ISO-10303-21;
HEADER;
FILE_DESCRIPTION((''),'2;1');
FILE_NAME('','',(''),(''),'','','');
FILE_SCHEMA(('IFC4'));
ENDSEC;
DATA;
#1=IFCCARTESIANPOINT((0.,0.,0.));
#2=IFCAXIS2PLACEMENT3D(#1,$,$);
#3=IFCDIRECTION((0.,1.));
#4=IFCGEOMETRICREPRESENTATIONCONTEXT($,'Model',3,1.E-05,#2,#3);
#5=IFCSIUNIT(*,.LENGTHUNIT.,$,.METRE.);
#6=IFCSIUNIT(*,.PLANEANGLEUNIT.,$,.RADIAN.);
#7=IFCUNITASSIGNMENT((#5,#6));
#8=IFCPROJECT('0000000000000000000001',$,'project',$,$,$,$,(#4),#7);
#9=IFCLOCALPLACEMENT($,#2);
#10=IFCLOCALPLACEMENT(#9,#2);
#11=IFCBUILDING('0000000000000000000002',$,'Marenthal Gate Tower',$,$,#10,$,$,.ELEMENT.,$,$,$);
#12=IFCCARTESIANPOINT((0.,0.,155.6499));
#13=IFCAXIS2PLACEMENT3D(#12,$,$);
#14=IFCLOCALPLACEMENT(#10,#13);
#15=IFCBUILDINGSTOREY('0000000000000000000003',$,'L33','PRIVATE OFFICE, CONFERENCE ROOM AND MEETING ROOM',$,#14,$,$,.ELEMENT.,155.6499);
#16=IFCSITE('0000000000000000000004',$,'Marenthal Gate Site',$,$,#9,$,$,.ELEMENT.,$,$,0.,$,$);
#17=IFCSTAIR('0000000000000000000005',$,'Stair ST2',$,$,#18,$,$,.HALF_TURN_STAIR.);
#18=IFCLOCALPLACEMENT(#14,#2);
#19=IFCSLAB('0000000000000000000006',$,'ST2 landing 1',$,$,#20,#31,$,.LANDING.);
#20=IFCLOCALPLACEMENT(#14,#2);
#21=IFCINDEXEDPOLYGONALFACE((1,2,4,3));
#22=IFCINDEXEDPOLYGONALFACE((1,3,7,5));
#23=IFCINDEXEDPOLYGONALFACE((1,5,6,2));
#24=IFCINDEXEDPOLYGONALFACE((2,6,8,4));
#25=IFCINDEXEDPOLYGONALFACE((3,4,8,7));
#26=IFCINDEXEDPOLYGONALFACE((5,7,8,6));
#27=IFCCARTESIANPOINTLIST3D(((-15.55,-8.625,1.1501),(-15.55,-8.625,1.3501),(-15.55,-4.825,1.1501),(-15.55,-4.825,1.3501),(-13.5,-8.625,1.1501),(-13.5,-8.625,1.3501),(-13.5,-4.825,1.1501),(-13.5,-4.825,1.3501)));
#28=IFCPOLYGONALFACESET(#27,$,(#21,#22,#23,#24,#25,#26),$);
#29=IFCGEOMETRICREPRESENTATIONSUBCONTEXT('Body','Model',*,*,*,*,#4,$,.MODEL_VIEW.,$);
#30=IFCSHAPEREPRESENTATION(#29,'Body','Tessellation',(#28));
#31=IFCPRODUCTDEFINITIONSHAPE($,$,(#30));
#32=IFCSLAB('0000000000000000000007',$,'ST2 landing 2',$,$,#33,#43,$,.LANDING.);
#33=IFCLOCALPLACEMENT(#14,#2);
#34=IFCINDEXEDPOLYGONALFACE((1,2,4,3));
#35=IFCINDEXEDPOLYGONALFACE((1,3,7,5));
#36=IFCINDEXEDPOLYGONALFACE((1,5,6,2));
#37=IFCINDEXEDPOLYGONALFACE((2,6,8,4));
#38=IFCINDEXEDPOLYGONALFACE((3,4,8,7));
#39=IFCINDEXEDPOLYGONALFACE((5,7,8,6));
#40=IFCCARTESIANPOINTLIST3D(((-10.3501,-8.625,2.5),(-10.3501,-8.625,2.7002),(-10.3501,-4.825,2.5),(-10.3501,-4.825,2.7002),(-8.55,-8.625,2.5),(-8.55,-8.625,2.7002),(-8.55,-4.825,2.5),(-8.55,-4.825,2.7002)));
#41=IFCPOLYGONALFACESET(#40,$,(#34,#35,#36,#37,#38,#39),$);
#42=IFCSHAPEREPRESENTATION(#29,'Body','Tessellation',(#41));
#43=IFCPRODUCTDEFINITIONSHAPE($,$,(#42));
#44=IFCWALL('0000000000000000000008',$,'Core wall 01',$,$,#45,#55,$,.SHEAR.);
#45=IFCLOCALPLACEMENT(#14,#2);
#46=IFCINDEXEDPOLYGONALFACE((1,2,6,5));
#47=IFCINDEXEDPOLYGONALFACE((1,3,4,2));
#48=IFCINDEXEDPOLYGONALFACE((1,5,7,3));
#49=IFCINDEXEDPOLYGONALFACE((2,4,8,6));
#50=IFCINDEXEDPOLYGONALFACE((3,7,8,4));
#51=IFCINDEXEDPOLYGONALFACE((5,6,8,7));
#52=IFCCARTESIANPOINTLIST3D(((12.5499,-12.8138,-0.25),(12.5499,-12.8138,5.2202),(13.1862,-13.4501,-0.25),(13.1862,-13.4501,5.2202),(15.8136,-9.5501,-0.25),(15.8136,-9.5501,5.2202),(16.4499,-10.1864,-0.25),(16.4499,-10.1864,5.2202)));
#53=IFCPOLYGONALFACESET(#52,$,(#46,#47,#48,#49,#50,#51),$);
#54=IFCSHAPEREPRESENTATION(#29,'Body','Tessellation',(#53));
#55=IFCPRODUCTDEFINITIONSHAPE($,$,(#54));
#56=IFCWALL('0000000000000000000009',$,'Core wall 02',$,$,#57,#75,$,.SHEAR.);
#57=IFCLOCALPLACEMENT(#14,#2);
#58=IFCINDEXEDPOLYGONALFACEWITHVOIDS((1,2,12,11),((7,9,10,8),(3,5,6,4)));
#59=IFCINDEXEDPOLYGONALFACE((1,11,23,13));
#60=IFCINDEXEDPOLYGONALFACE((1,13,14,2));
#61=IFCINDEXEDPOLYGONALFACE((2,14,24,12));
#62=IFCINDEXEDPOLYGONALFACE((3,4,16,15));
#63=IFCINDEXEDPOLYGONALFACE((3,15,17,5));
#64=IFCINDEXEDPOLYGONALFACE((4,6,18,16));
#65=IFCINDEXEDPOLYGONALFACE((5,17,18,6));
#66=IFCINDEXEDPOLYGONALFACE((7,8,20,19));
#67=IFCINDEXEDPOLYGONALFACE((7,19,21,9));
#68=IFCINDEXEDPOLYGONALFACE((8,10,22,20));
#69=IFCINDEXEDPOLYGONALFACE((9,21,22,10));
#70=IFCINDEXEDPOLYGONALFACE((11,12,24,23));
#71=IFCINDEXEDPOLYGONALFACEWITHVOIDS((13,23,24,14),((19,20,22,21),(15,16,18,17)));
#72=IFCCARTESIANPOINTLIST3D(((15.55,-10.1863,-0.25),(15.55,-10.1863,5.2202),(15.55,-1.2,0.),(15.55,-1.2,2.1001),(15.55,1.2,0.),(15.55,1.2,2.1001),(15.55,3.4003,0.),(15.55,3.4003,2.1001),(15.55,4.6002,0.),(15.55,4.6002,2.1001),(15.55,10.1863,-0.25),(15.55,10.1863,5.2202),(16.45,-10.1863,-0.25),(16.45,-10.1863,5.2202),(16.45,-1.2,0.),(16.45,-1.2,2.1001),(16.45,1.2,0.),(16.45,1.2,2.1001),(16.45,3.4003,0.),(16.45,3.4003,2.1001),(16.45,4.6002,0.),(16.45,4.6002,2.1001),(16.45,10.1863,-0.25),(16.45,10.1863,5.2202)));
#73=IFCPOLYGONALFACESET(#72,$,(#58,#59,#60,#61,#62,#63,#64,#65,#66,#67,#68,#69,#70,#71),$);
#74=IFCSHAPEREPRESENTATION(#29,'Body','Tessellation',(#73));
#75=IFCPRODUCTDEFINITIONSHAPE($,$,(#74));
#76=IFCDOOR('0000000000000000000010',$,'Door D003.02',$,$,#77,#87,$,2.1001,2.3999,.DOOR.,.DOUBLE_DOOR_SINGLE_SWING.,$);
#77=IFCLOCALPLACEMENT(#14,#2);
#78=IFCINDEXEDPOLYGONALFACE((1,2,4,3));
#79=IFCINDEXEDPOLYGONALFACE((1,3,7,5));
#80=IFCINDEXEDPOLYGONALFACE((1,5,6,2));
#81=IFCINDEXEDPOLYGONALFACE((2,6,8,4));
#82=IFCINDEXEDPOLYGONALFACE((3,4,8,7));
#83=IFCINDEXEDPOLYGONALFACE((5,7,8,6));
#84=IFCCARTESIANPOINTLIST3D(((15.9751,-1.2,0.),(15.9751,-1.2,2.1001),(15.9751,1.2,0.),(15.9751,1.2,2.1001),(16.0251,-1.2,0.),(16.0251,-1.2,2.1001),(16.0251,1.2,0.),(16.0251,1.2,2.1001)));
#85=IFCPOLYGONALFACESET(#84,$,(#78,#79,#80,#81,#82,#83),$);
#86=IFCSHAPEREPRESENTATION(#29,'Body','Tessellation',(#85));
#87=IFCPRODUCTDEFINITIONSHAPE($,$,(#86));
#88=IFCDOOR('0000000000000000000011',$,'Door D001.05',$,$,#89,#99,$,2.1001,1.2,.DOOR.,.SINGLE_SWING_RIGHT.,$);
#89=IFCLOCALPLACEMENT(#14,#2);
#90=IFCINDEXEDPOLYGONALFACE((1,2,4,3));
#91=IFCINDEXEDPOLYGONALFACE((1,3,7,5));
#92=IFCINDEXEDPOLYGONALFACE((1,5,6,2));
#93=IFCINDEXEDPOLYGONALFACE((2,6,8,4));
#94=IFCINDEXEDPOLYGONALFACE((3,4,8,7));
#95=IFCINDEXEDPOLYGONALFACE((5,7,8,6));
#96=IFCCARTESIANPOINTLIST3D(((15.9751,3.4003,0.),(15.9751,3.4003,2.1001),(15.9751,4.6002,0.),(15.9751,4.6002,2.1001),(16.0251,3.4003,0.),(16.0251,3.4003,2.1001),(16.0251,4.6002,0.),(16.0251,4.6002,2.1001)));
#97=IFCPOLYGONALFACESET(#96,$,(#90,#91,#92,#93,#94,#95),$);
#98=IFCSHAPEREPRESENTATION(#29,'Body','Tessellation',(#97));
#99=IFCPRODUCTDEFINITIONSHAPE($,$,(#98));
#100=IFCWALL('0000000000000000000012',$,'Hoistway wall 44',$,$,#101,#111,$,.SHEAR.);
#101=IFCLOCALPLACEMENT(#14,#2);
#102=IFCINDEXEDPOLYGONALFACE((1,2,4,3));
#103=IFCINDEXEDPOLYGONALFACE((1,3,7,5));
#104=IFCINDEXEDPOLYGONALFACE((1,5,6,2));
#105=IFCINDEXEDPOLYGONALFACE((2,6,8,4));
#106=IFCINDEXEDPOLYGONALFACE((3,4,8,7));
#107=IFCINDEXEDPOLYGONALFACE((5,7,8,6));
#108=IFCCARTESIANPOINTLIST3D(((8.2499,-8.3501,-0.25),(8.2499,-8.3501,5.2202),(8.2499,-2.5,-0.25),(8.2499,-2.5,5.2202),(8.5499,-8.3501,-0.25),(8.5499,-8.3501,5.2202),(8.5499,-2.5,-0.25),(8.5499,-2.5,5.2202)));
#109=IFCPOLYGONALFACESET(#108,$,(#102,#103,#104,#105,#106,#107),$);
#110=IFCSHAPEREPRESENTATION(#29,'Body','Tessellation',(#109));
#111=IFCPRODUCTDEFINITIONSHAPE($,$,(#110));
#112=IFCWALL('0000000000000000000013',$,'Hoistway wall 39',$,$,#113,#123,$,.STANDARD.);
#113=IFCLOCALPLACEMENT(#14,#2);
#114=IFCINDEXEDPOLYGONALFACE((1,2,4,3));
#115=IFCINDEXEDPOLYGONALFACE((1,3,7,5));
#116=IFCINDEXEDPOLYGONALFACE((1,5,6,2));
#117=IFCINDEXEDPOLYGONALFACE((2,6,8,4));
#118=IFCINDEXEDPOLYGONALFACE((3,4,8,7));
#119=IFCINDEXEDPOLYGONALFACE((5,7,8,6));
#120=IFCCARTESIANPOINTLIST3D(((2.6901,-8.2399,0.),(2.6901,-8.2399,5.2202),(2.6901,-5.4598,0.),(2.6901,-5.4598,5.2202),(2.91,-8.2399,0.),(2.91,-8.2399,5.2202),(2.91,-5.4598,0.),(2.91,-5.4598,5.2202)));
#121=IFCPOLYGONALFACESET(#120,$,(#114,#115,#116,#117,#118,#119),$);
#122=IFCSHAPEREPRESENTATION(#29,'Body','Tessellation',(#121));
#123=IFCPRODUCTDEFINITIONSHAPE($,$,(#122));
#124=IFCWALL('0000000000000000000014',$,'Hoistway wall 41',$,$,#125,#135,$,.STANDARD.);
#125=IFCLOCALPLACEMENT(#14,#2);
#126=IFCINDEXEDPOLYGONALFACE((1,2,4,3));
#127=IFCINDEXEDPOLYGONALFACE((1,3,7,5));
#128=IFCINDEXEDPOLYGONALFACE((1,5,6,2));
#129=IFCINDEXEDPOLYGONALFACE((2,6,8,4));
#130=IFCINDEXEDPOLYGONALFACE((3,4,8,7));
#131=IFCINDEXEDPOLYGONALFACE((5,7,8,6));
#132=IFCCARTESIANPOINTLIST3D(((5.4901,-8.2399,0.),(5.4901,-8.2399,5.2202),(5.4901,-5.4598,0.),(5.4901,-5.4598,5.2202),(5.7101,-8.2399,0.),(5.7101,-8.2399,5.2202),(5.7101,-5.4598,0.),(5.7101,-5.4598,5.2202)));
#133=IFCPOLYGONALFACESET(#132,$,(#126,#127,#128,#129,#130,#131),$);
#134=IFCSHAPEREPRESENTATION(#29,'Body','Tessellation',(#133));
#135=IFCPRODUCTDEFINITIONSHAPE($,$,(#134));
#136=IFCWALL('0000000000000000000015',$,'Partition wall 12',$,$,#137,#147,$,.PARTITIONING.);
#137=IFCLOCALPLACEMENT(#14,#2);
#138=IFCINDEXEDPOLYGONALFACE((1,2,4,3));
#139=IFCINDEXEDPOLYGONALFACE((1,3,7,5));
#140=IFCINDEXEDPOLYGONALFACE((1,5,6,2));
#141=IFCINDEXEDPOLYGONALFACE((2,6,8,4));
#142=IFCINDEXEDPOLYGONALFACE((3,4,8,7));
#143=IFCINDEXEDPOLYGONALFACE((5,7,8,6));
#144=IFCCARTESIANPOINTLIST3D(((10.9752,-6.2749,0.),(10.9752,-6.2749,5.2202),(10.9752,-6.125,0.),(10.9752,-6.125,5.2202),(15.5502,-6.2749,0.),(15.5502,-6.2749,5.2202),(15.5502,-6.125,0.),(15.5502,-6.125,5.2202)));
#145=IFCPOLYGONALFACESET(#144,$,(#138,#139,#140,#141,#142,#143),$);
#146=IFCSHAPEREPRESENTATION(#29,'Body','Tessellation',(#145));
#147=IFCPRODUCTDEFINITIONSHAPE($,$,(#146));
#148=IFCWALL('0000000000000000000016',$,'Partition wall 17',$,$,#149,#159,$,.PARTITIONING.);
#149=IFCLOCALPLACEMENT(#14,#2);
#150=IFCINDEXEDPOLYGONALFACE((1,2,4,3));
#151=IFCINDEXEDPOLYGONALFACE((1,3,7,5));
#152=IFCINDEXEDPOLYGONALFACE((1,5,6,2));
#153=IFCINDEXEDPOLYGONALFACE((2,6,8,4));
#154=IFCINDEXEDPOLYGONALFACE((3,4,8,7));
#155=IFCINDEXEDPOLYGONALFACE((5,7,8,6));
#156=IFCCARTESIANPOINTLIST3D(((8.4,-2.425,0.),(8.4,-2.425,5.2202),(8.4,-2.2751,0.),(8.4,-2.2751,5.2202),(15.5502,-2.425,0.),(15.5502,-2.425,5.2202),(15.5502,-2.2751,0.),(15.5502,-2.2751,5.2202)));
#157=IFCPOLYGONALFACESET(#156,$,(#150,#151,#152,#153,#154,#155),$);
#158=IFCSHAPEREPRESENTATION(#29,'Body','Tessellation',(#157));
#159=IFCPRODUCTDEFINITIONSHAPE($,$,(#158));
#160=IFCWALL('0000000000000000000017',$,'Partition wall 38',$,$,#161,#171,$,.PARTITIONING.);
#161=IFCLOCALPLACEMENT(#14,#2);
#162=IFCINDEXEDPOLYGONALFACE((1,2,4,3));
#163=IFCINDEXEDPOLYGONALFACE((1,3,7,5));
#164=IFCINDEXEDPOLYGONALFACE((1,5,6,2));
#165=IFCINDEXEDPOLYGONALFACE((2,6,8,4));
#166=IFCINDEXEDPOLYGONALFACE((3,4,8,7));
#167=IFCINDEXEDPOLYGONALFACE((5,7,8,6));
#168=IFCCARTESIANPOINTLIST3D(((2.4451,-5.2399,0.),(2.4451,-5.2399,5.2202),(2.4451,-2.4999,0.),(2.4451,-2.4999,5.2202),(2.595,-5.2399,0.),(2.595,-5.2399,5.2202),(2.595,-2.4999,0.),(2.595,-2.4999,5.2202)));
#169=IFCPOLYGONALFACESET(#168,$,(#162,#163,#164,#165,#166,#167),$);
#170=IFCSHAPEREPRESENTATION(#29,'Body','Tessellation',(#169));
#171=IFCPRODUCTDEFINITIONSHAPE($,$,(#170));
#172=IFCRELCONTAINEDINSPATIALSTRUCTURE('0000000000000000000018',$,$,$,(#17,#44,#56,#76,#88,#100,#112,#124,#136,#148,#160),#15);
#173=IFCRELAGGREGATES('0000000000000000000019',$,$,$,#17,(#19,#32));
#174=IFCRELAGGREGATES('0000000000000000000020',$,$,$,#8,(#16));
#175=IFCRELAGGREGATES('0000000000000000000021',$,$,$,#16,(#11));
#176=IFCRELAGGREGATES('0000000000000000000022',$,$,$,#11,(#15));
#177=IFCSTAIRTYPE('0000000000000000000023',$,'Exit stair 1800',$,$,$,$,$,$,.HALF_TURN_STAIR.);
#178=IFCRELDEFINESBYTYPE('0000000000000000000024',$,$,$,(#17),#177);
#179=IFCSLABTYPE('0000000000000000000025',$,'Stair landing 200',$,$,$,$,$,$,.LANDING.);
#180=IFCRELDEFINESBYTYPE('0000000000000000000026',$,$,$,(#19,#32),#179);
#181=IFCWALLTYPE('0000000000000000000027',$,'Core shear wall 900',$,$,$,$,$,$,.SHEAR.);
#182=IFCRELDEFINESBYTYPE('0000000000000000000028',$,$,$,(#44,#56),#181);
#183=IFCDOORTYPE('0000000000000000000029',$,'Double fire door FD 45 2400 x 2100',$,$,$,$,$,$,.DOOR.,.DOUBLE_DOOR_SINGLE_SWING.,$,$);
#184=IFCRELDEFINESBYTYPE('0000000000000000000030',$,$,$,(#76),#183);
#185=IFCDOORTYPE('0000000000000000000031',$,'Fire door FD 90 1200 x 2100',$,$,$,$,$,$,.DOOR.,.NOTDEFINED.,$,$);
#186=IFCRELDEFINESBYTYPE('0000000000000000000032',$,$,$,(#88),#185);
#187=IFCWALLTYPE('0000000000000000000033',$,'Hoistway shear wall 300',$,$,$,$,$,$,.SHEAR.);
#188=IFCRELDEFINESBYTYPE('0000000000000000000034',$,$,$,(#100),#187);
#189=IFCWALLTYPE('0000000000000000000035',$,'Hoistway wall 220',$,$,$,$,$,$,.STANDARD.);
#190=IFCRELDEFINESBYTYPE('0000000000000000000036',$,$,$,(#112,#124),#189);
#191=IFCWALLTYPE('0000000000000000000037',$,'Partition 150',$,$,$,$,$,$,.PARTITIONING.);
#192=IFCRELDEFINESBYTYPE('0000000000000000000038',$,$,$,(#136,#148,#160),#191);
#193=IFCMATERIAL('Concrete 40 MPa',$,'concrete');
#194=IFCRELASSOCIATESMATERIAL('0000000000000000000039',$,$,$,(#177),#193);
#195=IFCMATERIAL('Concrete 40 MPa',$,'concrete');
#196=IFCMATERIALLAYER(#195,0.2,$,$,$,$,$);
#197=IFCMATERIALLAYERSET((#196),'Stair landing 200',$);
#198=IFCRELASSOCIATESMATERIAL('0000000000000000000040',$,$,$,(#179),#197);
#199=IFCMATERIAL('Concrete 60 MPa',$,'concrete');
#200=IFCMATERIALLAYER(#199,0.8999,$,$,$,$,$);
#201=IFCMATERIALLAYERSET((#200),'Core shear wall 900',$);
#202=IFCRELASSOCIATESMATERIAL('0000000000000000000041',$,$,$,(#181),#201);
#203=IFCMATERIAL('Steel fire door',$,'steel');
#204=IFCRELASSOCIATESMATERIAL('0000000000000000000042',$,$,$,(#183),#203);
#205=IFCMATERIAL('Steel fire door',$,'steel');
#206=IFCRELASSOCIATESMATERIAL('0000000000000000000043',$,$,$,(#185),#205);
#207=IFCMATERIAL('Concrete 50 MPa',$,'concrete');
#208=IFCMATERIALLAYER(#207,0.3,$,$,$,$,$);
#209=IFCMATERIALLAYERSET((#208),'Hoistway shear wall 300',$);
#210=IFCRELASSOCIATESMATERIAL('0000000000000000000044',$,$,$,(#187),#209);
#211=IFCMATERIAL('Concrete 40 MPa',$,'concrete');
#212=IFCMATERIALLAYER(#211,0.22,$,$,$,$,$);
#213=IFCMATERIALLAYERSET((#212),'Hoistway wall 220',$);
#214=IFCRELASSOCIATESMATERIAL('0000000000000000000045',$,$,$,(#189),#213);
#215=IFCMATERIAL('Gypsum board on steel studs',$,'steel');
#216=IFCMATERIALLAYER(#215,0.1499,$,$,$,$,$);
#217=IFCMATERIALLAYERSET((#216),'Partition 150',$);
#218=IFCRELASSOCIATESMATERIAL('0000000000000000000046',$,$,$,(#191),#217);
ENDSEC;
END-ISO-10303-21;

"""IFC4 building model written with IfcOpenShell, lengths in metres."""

from ifc_helpers import new_model, si_unit, direction, frame, frame_2d, origin, place, context, subcontext, project, spatial, polyline, rectangle, outline, extrude, material, layer, layer_set, type_object, element, fill, aggregate, save


model = new_model("IFC4")

# Units and contexts
model_context = context("Model", 3, precision=1e-05, world=origin(), true_north=direction((0.0, 1.0)))
body_context = subcontext(model_context, "Body", "Model", "MODEL_VIEW")
ifc_project = project(units=[si_unit("LENGTHUNIT", "METRE"), si_unit("PLANEANGLEUNIT", "RADIAN")], contexts=[model_context])

# Site, building, storey
site_placement = place(None, origin())
site = spatial("IfcSite", under=ifc_project, at=site_placement, Name="Marenthal Gate Site", CompositionType="ELEMENT", RefElevation=0.0)
building_placement = place(site_placement, origin())
building = spatial("IfcBuilding", under=site, at=building_placement, Name="Marenthal Gate Tower", CompositionType="ELEMENT")
storey_placement = place(building_placement, frame((0.0, 0.0, 155.6499)))
storey = spatial("IfcBuildingStorey", under=building, at=storey_placement, Name="L33", Description="PRIVATE OFFICE, CONFERENCE ROOM AND MEETING ROOM", CompositionType="ELEMENT", Elevation=155.6499)

# Stair, slabs
ifc_material_1 = material(Name="Concrete 40 MPa", Category="concrete")
stair_type = type_object("IfcStairType", Name="Exit stair 1800", PredefinedType="HALF_TURN_STAIR", material=ifc_material_1)
ifc_material_2 = material(Name="Concrete 40 MPa", Category="concrete")
ifc_layer_1 = layer(ifc_material_2, 0.2)
ifc_layer_set_1 = layer_set([ifc_layer_1], Name="Stair landing 200")
slab_type_1 = type_object("IfcSlabType", Name="Stair landing 200", PredefinedType="LANDING", material=ifc_layer_set_1)
stair_1_placement = place(storey_placement, origin())
stair_1 = element("IfcStair", 1, at=stair_1_placement, inside=storey, type_object=stair_type, Name="Stair ST2", PredefinedType="HALF_TURN_STAIR")
slab_1_placement = place(storey_placement, frame((0.0, 0.0, 1.1501)))
slab_1 = element("IfcSlab", 2, at=slab_1_placement, type_object=slab_type_1, Name="ST2 landing 1", PredefinedType="LANDING", context=body_context, shape_type="SweptSolid", body=[
    extrude(outline(polyline([(-15.55, -8.625), (-13.5, -8.625), (-13.5, -4.825), (-15.55, -4.825), (-15.55, -8.625)])), origin(), (0.0, 0.0, 1.0), 0.2),
])
slab_2_placement = place(storey_placement, frame((0.0, 0.0, 2.5)))
slab_2 = element("IfcSlab", 3, at=slab_2_placement, type_object=slab_type_1, Name="ST2 landing 2", PredefinedType="LANDING", context=body_context, shape_type="SweptSolid", body=[
    extrude(outline(polyline([(-10.3501, -8.625), (-8.55, -8.625), (-8.55, -4.825), (-10.3501, -4.825), (-10.3501, -8.625)])), origin(), (0.0, 0.0, 1.0), 0.2002),
])
aggregate(stair_1, [slab_1, slab_2])

# Wall
ifc_material_3 = material(Name="Concrete 60 MPa", Category="concrete")
ifc_layer_2 = layer(ifc_material_3, 0.8999)
ifc_layer_set_2 = layer_set([ifc_layer_2], Name="Core shear wall 900")
wall_type_1 = type_object("IfcWallType", Name="Core shear wall 900", PredefinedType="SHEAR", material=ifc_layer_set_2)
wall_1_placement = place(storey_placement, frame((12.8682, -13.1318, -0.25), z_axis=(0.0, 0.0, 1.0), x_axis=(0.707107, 0.707107, 0.0)))
element("IfcWall", 4, at=wall_1_placement, inside=storey, type_object=wall_type_1, Name="Core wall 01", PredefinedType="SHEAR", context=body_context, shape_type="SweptSolid", body=[
    extrude(rectangle(XDim=4.6155, YDim=0.8999, at=frame_2d((2.3076, 0.0))), origin(), (0.0, 0.0, 1.0), 5.4702),
])

# Wall, openings, doors
wall_2_placement = place(storey_placement, frame((16.0, -10.1863, -0.25), z_axis=(0.0, 0.0, 1.0), x_axis=(0.0, 1.0, 0.0)))
wall_2 = element("IfcWall", 5, at=wall_2_placement, inside=storey, type_object=wall_type_1, Name="Core wall 02", PredefinedType="SHEAR", context=body_context, shape_type="SweptSolid", body=[
    extrude(rectangle(XDim=20.3726, YDim=0.8999, at=frame_2d((10.1863, 0.0))), origin(), (0.0, 0.0, 1.0), 5.4702),
])
opening_1_placement = place(wall_2_placement, frame((8.9863, 0.0, 0.25)))
opening_1 = element("IfcOpeningElement", 6, at=opening_1_placement, cuts=wall_2, PredefinedType="OPENING", context=body_context, shape_type="SweptSolid", body=[
    extrude(rectangle(XDim=2.3999, YDim=2.1001, at=frame_2d((1.2, 1.05))), frame((0.0, 0.46, 0.0), z_axis=(0.0, -1.0, 0.0), x_axis=(1.0, 0.0, 0.0)), (0.0, 0.0, 1.0), 0.9199),
])
opening_2_placement = place(wall_2_placement, frame((13.5864, 0.0, 0.25)))
opening_2 = element("IfcOpeningElement", 7, at=opening_2_placement, cuts=wall_2, PredefinedType="OPENING", context=body_context, shape_type="SweptSolid", body=[
    extrude(rectangle(XDim=1.2, YDim=2.1001, at=frame_2d((0.6001, 1.05))), frame((0.0, 0.46, 0.0), z_axis=(0.0, -1.0, 0.0), x_axis=(1.0, 0.0, 0.0)), (0.0, 0.0, 1.0), 0.9199),
])
ifc_material_4 = material(Name="Steel fire door", Category="steel")
door_type_1 = type_object("IfcDoorType", Name="Double fire door FD 45 2400 x 2100", OperationType="DOUBLE_DOOR_SINGLE_SWING", PredefinedType="DOOR", material=ifc_material_4)
door_1_placement = place(opening_1_placement, origin())
door_1 = element("IfcDoor", 8, at=door_1_placement, inside=storey, type_object=door_type_1, Name="Door D003.02", OperationType="DOUBLE_DOOR_SINGLE_SWING", OverallHeight=2.1001, OverallWidth=2.3999, PredefinedType="DOOR", context=body_context, shape_type="SweptSolid", body=[
    extrude(rectangle(XDim=2.3999, YDim=2.1001, at=frame_2d((1.2, 1.05))), frame((0.0, 0.0249, 0.0), z_axis=(0.0, -1.0, 0.0), x_axis=(1.0, 0.0, 0.0)), (0.0, 0.0, 1.0), 0.05),
])
fill(opening_1, door_1)
ifc_material_5 = material(Name="Steel fire door", Category="steel")
door_type_2 = type_object("IfcDoorType", Name="Fire door FD 90 1200 x 2100", OperationType="NOTDEFINED", PredefinedType="DOOR", material=ifc_material_5)
door_2_placement = place(opening_2_placement, origin())
door_2 = element("IfcDoor", 9, at=door_2_placement, inside=storey, type_object=door_type_2, Name="Door D001.05", OperationType="SINGLE_SWING_RIGHT", OverallHeight=2.1001, OverallWidth=1.2, PredefinedType="DOOR", context=body_context, shape_type="SweptSolid", body=[
    extrude(rectangle(XDim=1.2, YDim=2.1001, at=frame_2d((0.6001, 1.05))), frame((0.0, 0.0249, 0.0), z_axis=(0.0, -1.0, 0.0), x_axis=(1.0, 0.0, 0.0)), (0.0, 0.0, 1.0), 0.05),
])
fill(opening_2, door_2)

# Walls
ifc_material_6 = material(Name="Concrete 50 MPa", Category="concrete")
ifc_layer_3 = layer(ifc_material_6, 0.3)
ifc_layer_set_3 = layer_set([ifc_layer_3], Name="Hoistway shear wall 300")
wall_type_2 = type_object("IfcWallType", Name="Hoistway shear wall 300", PredefinedType="SHEAR", material=ifc_layer_set_3)
wall_3_placement = place(storey_placement, frame((8.3999, -8.3501, -0.25), z_axis=(0.0, 0.0, 1.0), x_axis=(0.0, 1.0, 0.0)))
element("IfcWall", 10, at=wall_3_placement, inside=storey, type_object=wall_type_2, Name="Hoistway wall 44", PredefinedType="SHEAR", context=body_context, shape_type="SweptSolid", body=[
    extrude(rectangle(XDim=5.8501, YDim=0.3, at=frame_2d((2.925, 0.0))), origin(), (0.0, 0.0, 1.0), 5.4702),
])
ifc_material_7 = material(Name="Concrete 40 MPa", Category="concrete")
ifc_layer_4 = layer(ifc_material_7, 0.22)
ifc_layer_set_4 = layer_set([ifc_layer_4], Name="Hoistway wall 220")
wall_type_3 = type_object("IfcWallType", Name="Hoistway wall 220", PredefinedType="STANDARD", material=ifc_layer_set_4)
for number, where, z_axis, x_axis, name in (
    (11, (2.8, -8.24, 0.0), (0.0, 0.0, 1.0), (0.0, 1.0, 0.0), "Hoistway wall 39"),
    (12, (5.6001, -8.24, 0.0), (0.0, 0.0, 1.0), (0.0, 1.0, 0.0), "Hoistway wall 41"),
):
    element("IfcWall", number, at=place(storey_placement, frame(where, z_axis=z_axis, x_axis=x_axis)), inside=storey, type_object=wall_type_3, Name=name, PredefinedType="STANDARD", context=body_context, shape_type="SweptSolid", body=[
        extrude(rectangle(XDim=2.78, YDim=0.22, at=frame_2d((1.3901, 0.0))), origin(), (0.0, 0.0, 1.0), 5.2202),
    ])
ifc_material_8 = material(Name="Gypsum board on steel studs", Category="steel")
ifc_layer_5 = layer(ifc_material_8, 0.1499)
ifc_layer_set_5 = layer_set([ifc_layer_5], Name="Partition 150")
wall_type_4 = type_object("IfcWallType", Name="Partition 150", PredefinedType="PARTITIONING", material=ifc_layer_set_5)
wall_4_placement = place(storey_placement, frame((10.9751, -6.2, 0.0), z_axis=(0.0, 0.0, 1.0), x_axis=(1.0, 0.0, 0.0)))
element("IfcWall", 13, at=wall_4_placement, inside=storey, type_object=wall_type_4, Name="Partition wall 12", PredefinedType="PARTITIONING", context=body_context, shape_type="SweptSolid", body=[
    extrude(rectangle(XDim=4.575, YDim=0.1499, at=frame_2d((2.2876, 0.0))), origin(), (0.0, 0.0, 1.0), 5.2202),
])
wall_5_placement = place(storey_placement, frame((8.3999, -2.3501, 0.0), z_axis=(0.0, 0.0, 1.0), x_axis=(1.0, 0.0, 0.0)))
element("IfcWall", 14, at=wall_5_placement, inside=storey, type_object=wall_type_4, Name="Partition wall 17", PredefinedType="PARTITIONING", context=body_context, shape_type="SweptSolid", body=[
    extrude(rectangle(XDim=7.1501, YDim=0.1499, at=frame_2d((3.5752, 0.0))), origin(), (0.0, 0.0, 1.0), 5.2202),
])
wall_6_placement = place(storey_placement, frame((2.52, -5.24, 0.0), z_axis=(0.0, 0.0, 1.0), x_axis=(0.0, 1.0, 0.0)))
element("IfcWall", 15, at=wall_6_placement, inside=storey, type_object=wall_type_4, Name="Partition wall 38", PredefinedType="PARTITIONING", context=body_context, shape_type="SweptSolid", body=[
    extrude(rectangle(XDim=2.74, YDim=0.1499, at=frame_2d((1.3701, 0.0))), origin(), (0.0, 0.0, 1.0), 5.2202),
])

save(model, "model.ifc")
